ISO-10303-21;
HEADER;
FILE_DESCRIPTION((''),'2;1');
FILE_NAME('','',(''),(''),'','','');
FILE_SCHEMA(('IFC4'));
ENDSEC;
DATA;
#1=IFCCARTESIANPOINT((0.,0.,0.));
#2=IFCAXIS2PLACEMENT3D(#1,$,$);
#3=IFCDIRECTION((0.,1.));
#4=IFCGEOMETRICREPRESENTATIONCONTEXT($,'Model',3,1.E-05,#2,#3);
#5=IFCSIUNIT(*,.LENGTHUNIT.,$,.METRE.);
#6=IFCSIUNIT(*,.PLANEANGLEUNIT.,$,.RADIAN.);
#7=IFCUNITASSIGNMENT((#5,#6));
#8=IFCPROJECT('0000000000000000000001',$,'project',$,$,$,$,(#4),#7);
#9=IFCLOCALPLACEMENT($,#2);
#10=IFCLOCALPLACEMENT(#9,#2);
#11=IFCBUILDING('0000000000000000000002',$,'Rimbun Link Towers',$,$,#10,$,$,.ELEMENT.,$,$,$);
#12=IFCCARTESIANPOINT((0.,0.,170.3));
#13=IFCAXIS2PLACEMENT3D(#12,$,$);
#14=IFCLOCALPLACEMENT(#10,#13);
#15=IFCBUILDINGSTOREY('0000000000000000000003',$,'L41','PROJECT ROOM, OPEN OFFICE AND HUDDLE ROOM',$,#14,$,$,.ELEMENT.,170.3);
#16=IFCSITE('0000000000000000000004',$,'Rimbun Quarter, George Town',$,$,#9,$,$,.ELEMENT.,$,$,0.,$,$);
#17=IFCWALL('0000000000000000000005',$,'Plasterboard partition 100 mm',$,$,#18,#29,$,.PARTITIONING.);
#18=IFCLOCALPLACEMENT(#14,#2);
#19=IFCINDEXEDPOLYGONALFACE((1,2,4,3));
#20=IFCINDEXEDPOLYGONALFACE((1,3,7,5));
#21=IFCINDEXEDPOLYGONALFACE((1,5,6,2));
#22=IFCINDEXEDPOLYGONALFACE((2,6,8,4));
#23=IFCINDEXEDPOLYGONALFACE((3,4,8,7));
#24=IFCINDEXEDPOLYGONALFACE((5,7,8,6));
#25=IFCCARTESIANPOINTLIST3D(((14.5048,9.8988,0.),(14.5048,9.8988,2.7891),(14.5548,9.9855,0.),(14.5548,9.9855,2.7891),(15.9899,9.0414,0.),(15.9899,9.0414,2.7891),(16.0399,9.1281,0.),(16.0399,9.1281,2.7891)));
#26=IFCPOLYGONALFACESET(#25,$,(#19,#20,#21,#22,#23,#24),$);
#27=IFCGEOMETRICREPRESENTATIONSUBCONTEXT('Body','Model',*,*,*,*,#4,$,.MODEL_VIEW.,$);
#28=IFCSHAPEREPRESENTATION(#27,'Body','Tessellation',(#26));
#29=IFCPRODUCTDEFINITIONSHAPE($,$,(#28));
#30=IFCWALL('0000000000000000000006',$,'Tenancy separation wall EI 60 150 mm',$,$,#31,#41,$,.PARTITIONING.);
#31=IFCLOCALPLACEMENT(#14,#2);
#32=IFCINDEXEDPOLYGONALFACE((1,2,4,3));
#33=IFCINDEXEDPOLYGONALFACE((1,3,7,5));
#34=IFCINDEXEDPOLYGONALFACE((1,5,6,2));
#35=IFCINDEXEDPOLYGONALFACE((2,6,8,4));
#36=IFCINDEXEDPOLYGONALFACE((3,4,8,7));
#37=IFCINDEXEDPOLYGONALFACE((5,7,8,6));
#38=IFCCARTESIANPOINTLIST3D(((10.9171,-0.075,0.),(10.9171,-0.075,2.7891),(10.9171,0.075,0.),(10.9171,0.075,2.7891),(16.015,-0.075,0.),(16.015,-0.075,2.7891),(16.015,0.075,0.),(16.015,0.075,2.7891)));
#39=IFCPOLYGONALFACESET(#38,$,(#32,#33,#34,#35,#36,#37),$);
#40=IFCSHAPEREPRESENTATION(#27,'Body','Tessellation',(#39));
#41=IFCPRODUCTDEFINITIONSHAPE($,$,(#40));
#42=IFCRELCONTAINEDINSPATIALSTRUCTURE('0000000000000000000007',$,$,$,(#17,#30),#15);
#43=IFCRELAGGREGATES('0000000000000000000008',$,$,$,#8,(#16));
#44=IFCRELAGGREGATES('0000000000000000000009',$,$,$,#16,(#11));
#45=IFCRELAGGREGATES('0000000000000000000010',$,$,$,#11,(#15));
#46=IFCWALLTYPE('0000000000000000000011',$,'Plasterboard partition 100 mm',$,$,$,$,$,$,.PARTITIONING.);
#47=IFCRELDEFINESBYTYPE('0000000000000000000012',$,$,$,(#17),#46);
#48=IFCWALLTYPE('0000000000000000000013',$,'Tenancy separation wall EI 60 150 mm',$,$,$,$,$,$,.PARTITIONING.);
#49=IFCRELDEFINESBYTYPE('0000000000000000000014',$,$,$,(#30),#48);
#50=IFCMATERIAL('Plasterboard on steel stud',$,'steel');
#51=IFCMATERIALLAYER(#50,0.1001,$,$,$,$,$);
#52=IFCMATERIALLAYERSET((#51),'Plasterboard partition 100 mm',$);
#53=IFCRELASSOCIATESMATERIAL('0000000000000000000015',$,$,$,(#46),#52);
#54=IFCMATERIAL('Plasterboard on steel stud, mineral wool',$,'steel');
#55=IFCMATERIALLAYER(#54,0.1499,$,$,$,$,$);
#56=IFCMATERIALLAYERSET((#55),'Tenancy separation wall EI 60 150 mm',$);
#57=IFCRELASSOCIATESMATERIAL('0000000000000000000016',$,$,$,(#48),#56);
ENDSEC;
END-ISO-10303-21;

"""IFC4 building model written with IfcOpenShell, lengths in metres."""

from ifc_helpers import new_model, si_unit, direction, frame, frame_2d, origin, place, context, subcontext, project, spatial, rectangle, extrude, material, layer, layer_set, type_object, element, save


model = new_model("IFC4")

# Units and contexts
model_context = context("Model", 3, precision=1e-05, world=origin(), true_north=direction((0.0, 1.0)))
body_context = subcontext(model_context, "Body", "Model", "MODEL_VIEW")
ifc_project = project(units=[si_unit("LENGTHUNIT", "METRE"), si_unit("PLANEANGLEUNIT", "RADIAN")], contexts=[model_context])

# Site, building, storey
site_placement = place(None, origin())
site = spatial("IfcSite", under=ifc_project, at=site_placement, Name="Rimbun Quarter, George Town", CompositionType="ELEMENT", RefElevation=0.0)
building_placement = place(site_placement, origin())
building = spatial("IfcBuilding", under=site, at=building_placement, Name="Rimbun Link Towers", CompositionType="ELEMENT")
storey_placement = place(building_placement, frame((0.0, 0.0, 170.3)))
storey = spatial("IfcBuildingStorey", under=building, at=storey_placement, Name="L41", Description="PROJECT ROOM, OPEN OFFICE AND HUDDLE ROOM", CompositionType="ELEMENT", Elevation=170.3)

# Walls
ifc_material_1 = material(Name="Plasterboard on steel stud", Category="steel")
ifc_layer_1 = layer(ifc_material_1, 0.1001)
ifc_layer_set_1 = layer_set([ifc_layer_1], Name="Plasterboard partition 100 mm")
wall_type_1 = type_object("IfcWallType", Name="Plasterboard partition 100 mm", PredefinedType="PARTITIONING", material=ifc_layer_set_1)
wall_1_placement = place(storey_placement, frame((14.5298, 9.9421, 0.0), z_axis=(0.0, 0.0, 1.0), x_axis=(0.866027, -0.499998, 0.0)))
element("IfcWall", 1, at=wall_1_placement, inside=storey, type_object=wall_type_1, Name="Plasterboard partition 100 mm", PredefinedType="PARTITIONING", context=body_context, shape_type="SweptSolid", body=[
    extrude(rectangle(XDim=1.7148, YDim=0.1001, at=frame_2d((0.8574, 0.0))), origin(), (0.0, 0.0, 1.0), 2.7891),
])
ifc_material_2 = material(Name="Plasterboard on steel stud, mineral wool", Category="steel")
ifc_layer_2 = layer(ifc_material_2, 0.1499)
ifc_layer_set_2 = layer_set([ifc_layer_2], Name="Tenancy separation wall EI 60 150 mm")
wall_type_2 = type_object("IfcWallType", Name="Tenancy separation wall EI 60 150 mm", PredefinedType="PARTITIONING", material=ifc_layer_set_2)
wall_2_placement = place(storey_placement, frame((16.0149, 0.0, 0.0), z_axis=(0.0, 0.0, 1.0), x_axis=(-1.0, 0.0, 0.0)))
element("IfcWall", 2, at=wall_2_placement, inside=storey, type_object=wall_type_2, Name="Tenancy separation wall EI 60 150 mm", PredefinedType="PARTITIONING", context=body_context, shape_type="SweptSolid", body=[
    extrude(rectangle(XDim=5.0979, YDim=0.1499, at=frame_2d((2.5488, 0.0))), origin(), (0.0, 0.0, 1.0), 2.7891),
])

save(model, "model.ifc")
